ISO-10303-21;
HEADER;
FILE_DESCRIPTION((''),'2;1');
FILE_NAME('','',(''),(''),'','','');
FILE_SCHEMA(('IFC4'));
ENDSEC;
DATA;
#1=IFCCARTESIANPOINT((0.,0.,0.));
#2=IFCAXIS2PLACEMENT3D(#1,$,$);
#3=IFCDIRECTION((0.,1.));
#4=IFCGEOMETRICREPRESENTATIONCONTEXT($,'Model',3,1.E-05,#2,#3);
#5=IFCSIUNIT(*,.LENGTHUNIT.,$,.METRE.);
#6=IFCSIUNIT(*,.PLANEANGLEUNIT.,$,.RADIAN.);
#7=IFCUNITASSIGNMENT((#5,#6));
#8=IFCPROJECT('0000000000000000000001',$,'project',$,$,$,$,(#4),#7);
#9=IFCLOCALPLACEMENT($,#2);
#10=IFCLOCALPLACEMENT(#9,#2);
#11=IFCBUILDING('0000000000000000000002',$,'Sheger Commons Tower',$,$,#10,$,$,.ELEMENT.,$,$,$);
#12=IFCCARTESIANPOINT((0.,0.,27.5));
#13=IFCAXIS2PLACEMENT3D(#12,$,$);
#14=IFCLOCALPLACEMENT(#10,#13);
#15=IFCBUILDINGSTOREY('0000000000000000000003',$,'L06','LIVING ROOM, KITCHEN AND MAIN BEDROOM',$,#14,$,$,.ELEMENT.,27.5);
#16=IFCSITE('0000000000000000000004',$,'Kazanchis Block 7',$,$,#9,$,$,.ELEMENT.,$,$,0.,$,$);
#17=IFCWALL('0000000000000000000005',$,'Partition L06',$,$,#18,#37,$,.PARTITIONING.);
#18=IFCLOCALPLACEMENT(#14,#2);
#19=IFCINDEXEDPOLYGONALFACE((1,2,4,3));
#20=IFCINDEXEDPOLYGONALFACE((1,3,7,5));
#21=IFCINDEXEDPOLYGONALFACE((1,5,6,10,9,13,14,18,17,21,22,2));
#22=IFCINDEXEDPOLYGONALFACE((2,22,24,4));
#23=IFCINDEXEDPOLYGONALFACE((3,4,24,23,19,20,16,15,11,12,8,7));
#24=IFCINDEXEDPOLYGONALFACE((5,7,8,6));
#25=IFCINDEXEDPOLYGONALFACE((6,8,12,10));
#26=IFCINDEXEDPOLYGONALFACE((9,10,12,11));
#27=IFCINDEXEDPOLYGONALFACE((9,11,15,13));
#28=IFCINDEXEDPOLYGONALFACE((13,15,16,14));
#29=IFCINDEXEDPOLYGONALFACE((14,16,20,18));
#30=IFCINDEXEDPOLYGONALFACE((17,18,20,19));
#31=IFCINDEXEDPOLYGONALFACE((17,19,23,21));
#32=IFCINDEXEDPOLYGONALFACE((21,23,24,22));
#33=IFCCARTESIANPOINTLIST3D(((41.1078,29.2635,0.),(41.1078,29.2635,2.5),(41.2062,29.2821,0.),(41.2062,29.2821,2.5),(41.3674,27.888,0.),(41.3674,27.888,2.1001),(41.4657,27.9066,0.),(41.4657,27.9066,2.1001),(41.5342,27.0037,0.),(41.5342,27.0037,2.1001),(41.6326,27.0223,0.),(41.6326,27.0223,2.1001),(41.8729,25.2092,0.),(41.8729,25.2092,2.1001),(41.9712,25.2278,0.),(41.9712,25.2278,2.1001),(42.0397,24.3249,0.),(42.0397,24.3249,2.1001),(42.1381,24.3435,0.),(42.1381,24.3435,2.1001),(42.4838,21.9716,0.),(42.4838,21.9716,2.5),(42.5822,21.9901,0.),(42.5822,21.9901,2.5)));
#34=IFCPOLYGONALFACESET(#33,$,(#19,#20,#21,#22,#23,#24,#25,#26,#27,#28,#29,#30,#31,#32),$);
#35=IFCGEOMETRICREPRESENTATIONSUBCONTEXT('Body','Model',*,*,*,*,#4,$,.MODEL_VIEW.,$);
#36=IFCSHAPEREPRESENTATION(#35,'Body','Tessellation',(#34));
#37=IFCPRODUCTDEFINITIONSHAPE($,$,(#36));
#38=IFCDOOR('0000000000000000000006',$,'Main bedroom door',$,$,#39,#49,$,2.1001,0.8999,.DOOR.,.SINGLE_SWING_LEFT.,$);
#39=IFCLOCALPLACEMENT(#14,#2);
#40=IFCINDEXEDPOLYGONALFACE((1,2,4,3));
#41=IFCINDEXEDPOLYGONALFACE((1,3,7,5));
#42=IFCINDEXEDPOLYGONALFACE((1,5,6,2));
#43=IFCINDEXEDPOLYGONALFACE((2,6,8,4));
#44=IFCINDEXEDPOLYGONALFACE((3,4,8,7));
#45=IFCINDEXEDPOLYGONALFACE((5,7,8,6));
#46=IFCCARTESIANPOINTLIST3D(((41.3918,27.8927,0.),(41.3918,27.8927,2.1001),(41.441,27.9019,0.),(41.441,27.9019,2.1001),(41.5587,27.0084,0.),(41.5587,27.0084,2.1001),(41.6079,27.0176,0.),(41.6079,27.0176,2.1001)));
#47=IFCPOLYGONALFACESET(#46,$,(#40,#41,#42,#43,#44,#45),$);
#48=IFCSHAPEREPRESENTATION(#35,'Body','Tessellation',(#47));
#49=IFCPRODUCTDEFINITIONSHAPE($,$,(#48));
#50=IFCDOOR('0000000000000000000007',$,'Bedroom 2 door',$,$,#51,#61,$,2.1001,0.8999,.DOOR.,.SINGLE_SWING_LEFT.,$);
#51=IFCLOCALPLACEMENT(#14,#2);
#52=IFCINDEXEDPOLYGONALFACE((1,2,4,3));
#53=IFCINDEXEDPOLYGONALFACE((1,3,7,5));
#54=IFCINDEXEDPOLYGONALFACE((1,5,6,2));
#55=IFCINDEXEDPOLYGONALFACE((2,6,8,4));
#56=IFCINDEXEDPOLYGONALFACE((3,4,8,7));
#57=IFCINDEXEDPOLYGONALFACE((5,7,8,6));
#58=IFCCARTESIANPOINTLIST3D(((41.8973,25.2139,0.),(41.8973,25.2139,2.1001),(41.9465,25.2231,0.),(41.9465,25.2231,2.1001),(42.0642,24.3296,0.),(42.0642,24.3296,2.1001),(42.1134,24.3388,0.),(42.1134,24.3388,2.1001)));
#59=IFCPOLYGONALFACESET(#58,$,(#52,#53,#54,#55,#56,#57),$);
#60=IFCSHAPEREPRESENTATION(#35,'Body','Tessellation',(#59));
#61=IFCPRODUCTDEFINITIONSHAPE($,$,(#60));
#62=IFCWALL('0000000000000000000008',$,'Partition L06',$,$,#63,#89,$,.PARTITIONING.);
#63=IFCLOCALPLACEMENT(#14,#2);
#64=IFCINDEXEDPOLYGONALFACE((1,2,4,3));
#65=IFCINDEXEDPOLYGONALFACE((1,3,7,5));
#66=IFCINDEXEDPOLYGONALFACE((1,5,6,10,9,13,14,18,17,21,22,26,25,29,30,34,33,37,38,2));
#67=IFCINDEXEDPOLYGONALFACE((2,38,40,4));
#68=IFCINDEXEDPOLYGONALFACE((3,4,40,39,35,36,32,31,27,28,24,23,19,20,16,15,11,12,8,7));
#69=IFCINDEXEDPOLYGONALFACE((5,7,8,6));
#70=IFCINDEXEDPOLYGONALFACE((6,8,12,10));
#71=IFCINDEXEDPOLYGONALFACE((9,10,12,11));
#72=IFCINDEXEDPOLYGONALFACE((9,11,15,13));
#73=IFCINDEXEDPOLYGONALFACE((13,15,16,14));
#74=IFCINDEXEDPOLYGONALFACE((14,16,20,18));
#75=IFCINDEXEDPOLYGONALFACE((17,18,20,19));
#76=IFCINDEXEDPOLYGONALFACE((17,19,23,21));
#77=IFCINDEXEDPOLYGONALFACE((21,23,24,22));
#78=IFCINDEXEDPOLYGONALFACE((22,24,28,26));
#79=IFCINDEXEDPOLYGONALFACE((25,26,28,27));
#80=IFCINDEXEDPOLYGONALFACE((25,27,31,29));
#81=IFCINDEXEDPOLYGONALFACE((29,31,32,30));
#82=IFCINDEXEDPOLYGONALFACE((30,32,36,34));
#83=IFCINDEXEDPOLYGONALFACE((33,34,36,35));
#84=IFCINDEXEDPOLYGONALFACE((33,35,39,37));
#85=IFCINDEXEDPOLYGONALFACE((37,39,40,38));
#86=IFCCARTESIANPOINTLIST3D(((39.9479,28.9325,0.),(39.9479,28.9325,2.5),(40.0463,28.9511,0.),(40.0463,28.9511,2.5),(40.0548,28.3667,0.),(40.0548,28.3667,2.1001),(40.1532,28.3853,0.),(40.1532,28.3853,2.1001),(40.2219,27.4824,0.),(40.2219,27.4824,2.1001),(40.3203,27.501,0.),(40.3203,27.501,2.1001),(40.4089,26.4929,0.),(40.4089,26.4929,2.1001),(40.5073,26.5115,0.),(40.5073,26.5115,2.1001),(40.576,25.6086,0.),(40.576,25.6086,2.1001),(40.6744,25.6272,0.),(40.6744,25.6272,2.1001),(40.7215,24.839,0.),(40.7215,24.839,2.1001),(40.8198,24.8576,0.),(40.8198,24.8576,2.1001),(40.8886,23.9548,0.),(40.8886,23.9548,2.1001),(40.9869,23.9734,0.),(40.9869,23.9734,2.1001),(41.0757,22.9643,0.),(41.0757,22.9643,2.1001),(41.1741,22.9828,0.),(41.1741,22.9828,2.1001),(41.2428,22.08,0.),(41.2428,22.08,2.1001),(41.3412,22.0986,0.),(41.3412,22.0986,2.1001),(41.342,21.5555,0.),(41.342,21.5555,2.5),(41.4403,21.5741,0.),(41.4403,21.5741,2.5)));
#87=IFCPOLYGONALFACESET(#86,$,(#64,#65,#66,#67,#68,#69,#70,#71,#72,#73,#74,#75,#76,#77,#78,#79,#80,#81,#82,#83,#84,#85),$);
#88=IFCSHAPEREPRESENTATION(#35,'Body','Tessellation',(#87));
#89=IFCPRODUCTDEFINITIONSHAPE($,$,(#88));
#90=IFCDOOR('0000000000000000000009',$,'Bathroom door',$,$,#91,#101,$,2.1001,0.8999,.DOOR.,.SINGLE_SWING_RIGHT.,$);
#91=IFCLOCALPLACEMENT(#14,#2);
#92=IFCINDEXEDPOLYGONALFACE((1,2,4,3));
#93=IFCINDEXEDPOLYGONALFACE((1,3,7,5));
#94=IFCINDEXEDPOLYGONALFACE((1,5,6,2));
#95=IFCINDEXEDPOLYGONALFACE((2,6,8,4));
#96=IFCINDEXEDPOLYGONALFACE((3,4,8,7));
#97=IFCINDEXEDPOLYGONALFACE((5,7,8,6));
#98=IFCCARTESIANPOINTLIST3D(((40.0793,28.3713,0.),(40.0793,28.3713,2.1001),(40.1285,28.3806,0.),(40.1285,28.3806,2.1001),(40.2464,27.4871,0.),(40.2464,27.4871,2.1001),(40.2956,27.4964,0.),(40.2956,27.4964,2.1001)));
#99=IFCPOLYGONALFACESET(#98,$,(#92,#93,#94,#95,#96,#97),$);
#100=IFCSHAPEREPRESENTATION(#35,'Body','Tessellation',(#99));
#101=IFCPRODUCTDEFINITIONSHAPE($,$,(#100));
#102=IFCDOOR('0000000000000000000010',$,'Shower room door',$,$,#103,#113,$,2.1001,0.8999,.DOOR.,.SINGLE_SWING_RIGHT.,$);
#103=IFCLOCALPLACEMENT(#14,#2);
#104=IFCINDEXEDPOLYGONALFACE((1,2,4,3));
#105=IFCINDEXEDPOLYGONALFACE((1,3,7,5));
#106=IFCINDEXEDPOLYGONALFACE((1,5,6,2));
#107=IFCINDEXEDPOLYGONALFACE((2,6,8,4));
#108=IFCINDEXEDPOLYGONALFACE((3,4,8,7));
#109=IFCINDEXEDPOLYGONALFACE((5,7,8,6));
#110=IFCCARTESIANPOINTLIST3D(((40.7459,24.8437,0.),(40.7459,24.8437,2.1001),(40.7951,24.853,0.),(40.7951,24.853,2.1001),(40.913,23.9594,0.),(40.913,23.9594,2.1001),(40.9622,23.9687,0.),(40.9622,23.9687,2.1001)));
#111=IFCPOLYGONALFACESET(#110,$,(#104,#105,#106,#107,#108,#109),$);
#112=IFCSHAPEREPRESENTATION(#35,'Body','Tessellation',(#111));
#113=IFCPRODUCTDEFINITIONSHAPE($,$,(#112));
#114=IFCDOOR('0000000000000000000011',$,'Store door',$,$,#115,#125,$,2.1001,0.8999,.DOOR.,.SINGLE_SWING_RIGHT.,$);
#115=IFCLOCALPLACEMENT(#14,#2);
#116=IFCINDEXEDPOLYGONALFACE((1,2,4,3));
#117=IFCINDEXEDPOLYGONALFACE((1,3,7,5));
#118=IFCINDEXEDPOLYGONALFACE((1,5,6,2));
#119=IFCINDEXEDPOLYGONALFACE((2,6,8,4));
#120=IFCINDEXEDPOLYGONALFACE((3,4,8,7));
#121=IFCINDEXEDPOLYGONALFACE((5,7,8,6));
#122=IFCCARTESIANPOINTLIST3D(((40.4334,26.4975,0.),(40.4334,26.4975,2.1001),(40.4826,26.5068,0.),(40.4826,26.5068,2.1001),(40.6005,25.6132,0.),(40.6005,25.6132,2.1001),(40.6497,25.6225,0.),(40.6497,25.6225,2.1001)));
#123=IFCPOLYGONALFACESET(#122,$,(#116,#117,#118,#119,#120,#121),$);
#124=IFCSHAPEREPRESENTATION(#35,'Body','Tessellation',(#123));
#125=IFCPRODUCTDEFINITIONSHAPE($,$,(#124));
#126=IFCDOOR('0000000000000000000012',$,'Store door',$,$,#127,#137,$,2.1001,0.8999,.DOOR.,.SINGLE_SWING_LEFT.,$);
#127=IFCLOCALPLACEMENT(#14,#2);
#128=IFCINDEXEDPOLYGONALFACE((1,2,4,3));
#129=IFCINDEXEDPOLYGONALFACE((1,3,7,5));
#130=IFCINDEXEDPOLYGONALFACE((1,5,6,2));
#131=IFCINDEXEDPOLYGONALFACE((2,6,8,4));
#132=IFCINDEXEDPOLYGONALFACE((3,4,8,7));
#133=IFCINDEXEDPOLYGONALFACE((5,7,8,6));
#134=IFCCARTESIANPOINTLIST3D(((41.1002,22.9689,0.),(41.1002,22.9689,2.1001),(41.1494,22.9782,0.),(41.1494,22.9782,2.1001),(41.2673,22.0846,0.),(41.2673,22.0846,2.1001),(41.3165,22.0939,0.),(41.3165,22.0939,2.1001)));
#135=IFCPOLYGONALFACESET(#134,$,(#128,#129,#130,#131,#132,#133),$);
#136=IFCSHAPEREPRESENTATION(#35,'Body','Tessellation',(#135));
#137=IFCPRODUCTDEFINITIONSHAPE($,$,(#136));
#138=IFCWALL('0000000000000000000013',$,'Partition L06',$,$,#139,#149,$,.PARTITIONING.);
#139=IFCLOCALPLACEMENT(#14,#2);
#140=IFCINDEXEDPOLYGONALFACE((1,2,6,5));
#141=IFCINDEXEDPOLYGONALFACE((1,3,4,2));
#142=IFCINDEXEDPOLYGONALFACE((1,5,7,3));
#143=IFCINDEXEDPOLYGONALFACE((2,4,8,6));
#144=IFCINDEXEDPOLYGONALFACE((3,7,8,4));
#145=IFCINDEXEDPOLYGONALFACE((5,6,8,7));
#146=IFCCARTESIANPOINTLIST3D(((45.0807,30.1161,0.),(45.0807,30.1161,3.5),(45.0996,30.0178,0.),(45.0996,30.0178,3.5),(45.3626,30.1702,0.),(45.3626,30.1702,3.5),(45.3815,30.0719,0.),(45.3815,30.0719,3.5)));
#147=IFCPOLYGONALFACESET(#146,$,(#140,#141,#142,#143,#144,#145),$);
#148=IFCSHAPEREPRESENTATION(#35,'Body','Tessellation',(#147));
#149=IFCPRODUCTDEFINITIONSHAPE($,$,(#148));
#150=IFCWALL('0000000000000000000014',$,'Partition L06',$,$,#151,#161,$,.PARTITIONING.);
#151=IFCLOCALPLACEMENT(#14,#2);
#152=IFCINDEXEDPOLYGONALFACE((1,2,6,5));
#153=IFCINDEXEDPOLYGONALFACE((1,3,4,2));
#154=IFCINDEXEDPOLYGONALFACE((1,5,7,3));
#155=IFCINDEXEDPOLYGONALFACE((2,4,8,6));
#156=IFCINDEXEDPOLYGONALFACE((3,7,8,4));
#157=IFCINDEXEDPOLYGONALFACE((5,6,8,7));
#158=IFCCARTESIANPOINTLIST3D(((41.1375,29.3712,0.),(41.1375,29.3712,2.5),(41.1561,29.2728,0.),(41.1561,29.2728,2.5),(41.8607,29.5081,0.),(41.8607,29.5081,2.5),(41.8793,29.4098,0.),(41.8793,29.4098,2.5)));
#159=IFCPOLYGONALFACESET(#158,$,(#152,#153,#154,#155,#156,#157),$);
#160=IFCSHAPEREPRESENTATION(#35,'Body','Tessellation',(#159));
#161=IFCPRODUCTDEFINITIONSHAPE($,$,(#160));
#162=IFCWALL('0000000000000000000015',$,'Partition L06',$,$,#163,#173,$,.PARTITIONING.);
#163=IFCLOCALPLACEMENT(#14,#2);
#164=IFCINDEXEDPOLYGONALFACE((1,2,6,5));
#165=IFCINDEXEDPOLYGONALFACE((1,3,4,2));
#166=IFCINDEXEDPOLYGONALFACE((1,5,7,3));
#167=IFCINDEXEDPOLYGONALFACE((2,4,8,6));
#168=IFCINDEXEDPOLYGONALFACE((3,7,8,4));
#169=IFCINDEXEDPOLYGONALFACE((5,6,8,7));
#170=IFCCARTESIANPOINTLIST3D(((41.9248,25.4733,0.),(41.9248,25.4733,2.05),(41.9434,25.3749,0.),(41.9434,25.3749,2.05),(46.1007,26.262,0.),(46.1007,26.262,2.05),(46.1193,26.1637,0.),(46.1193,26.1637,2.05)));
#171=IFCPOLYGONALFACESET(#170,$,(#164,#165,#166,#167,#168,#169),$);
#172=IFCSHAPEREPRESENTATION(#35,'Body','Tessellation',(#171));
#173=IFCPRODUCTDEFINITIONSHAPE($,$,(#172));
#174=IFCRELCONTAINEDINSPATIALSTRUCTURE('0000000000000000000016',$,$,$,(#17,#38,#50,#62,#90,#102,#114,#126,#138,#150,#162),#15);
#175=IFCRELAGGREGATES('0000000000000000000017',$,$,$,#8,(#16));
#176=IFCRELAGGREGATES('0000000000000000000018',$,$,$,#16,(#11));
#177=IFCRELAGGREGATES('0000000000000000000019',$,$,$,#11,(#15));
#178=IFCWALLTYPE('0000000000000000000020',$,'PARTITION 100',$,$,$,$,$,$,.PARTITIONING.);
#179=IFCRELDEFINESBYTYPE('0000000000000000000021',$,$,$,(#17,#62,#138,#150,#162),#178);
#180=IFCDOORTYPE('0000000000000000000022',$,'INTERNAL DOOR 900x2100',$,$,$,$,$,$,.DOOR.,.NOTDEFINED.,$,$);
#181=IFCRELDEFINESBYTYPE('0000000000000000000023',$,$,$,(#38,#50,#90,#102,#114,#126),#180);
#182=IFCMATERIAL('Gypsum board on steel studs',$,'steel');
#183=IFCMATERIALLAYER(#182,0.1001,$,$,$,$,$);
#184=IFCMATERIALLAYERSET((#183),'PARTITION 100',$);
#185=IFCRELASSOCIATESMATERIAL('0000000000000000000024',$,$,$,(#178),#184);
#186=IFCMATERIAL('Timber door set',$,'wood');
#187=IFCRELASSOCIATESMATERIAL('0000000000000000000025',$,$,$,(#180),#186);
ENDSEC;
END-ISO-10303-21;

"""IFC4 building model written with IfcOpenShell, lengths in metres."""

from ifc_helpers import new_model, si_unit, direction, frame, frame_2d, origin, place, context, subcontext, project, spatial, rectangle, extrude, material, layer, layer_set, type_object, element, fill, save


model = new_model("IFC4")

# Units and contexts
model_context = context("Model", 3, precision=1e-05, world=origin(), true_north=direction((0.0, 1.0)))
body_context = subcontext(model_context, "Body", "Model", "MODEL_VIEW")
ifc_project = project(units=[si_unit("LENGTHUNIT", "METRE"), si_unit("PLANEANGLEUNIT", "RADIAN")], contexts=[model_context])

# Site, building, storey
site_placement = place(None, origin())
site = spatial("IfcSite", under=ifc_project, at=site_placement, Name="Kazanchis Block 7", CompositionType="ELEMENT", RefElevation=0.0)
building_placement = place(site_placement, origin())
building = spatial("IfcBuilding", under=site, at=building_placement, Name="Sheger Commons Tower", CompositionType="ELEMENT")
storey_placement = place(building_placement, frame((0.0, 0.0, 27.5)))
storey = spatial("IfcBuildingStorey", under=building, at=storey_placement, Name="L06", Description="LIVING ROOM, KITCHEN AND MAIN BEDROOM", CompositionType="ELEMENT", Elevation=27.5)

# Walls, openings, doors
ifc_material_1 = material(Name="Gypsum board on steel studs", Category="steel")
ifc_layer_1 = layer(ifc_material_1, 0.1001)
ifc_layer_set_1 = layer_set([ifc_layer_1], Name="PARTITION 100")
wall_type_1 = type_object("IfcWallType", Name="PARTITION 100", PredefinedType="PARTITIONING", material=ifc_layer_set_1)
wall_1_placement = place(storey_placement, frame((41.157, 29.2729, 0.0), z_axis=(0.0, 0.0, 1.0), x_axis=(0.185425, -0.982658, 0.0)))
wall_1 = element("IfcWall", 1, at=wall_1_placement, inside=storey, type_object=wall_type_1, Name="Partition L06", PredefinedType="PARTITIONING", context=body_context, shape_type="SweptSolid", body=[
    extrude(rectangle(XDim=7.4207, YDim=0.1001, at=frame_2d((3.7104, 0.0))), origin(), (0.0, 0.0, 1.0), 2.5),
])
opening_1_placement = place(wall_1_placement, frame((1.3999, 0.0, 0.0)))
opening_1 = element("IfcOpeningElement", 2, at=opening_1_placement, cuts=wall_1, PredefinedType="OPENING", context=body_context, shape_type="SweptSolid", body=[
    extrude(rectangle(XDim=0.8999, YDim=2.1001, at=frame_2d((0.45, 1.05))), frame((0.0, 0.0601, 0.0), z_axis=(0.0, -1.0, 0.0), x_axis=(1.0, 0.0, 0.0)), (0.0, 0.0, 1.0), 0.1201),
])
opening_2_placement = place(wall_1_placement, frame((4.126, 0.0, 0.0)))
opening_2 = element("IfcOpeningElement", 3, at=opening_2_placement, cuts=wall_1, PredefinedType="OPENING", context=body_context, shape_type="SweptSolid", body=[
    extrude(rectangle(XDim=0.8999, YDim=2.1001, at=frame_2d((0.45, 1.05))), frame((0.0, 0.0601, 0.0), z_axis=(0.0, -1.0, 0.0), x_axis=(1.0, 0.0, 0.0)), (0.0, 0.0, 1.0), 0.1201),
])
ifc_material_2 = material(Name="Timber door set", Category="wood")
door_type = type_object("IfcDoorType", Name="INTERNAL DOOR 900x2100", OperationType="NOTDEFINED", PredefinedType="DOOR", material=ifc_material_2)
door_1_placement = place(opening_1_placement, origin())
door_1 = element("IfcDoor", 4, at=door_1_placement, inside=storey, type_object=door_type, Name="Main bedroom door", OperationType="SINGLE_SWING_LEFT", OverallHeight=2.1001, OverallWidth=0.8999, PredefinedType="DOOR", context=body_context, shape_type="SweptSolid", body=[
    extrude(rectangle(XDim=0.8999, YDim=2.1001, at=frame_2d((0.45, 1.05))), frame((0.0, 0.0249, 0.0), z_axis=(0.0, -1.0, 0.0), x_axis=(1.0, 0.0, 0.0)), (0.0, 0.0, 1.0), 0.05),
])
fill(opening_1, door_1)
door_2_placement = place(opening_2_placement, origin())
door_2 = element("IfcDoor", 5, at=door_2_placement, inside=storey, type_object=door_type, Name="Bedroom 2 door", OperationType="SINGLE_SWING_LEFT", OverallHeight=2.1001, OverallWidth=0.8999, PredefinedType="DOOR", context=body_context, shape_type="SweptSolid", body=[
    extrude(rectangle(XDim=0.8999, YDim=2.1001, at=frame_2d((0.45, 1.05))), frame((0.0, 0.0249, 0.0), z_axis=(0.0, -1.0, 0.0), x_axis=(1.0, 0.0, 0.0)), (0.0, 0.0, 1.0), 0.05),
])
fill(opening_2, door_2)
wall_2_placement = place(storey_placement, frame((39.9971, 28.9419, 0.0), z_axis=(0.0, 0.0, 1.0), x_axis=(0.185686, -0.982609, 0.0)))
wall_2 = element("IfcWall", 6, at=wall_2_placement, inside=storey, type_object=wall_type_1, Name="Partition L06", PredefinedType="PARTITIONING", context=body_context, shape_type="SweptSolid", body=[
    extrude(rectangle(XDim=7.5076, YDim=0.1001, at=frame_2d((3.7539, 0.0))), origin(), (0.0, 0.0, 1.0), 2.5),
])
opening_3_placement = place(wall_2_placement, frame((0.5759, 0.0, 0.0)))
opening_3 = element("IfcOpeningElement", 7, at=opening_3_placement, cuts=wall_2, PredefinedType="OPENING", context=body_context, shape_type="SweptSolid", body=[
    extrude(rectangle(XDim=0.8999, YDim=2.1001, at=frame_2d((0.45, 1.05))), frame((0.0, 0.0601, 0.0), z_axis=(0.0, -1.0, 0.0), x_axis=(1.0, 0.0, 0.0)), (0.0, 0.0, 1.0), 0.1201),
])
opening_4_placement = place(wall_2_placement, frame((4.166, 0.0, 0.0)))
opening_4 = element("IfcOpeningElement", 8, at=opening_4_placement, cuts=wall_2, PredefinedType="OPENING", context=body_context, shape_type="SweptSolid", body=[
    extrude(rectangle(XDim=0.8999, YDim=2.1001, at=frame_2d((0.45, 1.05))), frame((0.0, 0.0601, 0.0), z_axis=(0.0, -1.0, 0.0), x_axis=(1.0, 0.0, 0.0)), (0.0, 0.0, 1.0), 0.1201),
])
opening_5_placement = place(wall_2_placement, frame((2.4829, 0.0, 0.0)))
opening_5 = element("IfcOpeningElement", 9, at=opening_5_placement, cuts=wall_2, PredefinedType="OPENING", context=body_context, shape_type="SweptSolid", body=[
    extrude(rectangle(XDim=0.8999, YDim=2.1001, at=frame_2d((0.45, 1.05))), frame((0.0, 0.0601, 0.0), z_axis=(0.0, -1.0, 0.0), x_axis=(1.0, 0.0, 0.0)), (0.0, 0.0, 1.0), 0.1201),
])
opening_6_placement = place(wall_2_placement, frame((6.074, 0.0, 0.0)))
opening_6 = element("IfcOpeningElement", 10, at=opening_6_placement, cuts=wall_2, PredefinedType="OPENING", context=body_context, shape_type="SweptSolid", body=[
    extrude(rectangle(XDim=0.8999, YDim=2.1001, at=frame_2d((0.45, 1.05))), frame((0.0, 0.0601, 0.0), z_axis=(0.0, -1.0, 0.0), x_axis=(1.0, 0.0, 0.0)), (0.0, 0.0, 1.0), 0.1201),
])
door_3_placement = place(opening_3_placement, origin())
door_3 = element("IfcDoor", 11, at=door_3_placement, inside=storey, type_object=door_type, Name="Bathroom door", OperationType="SINGLE_SWING_RIGHT", OverallHeight=2.1001, OverallWidth=0.8999, PredefinedType="DOOR", context=body_context, shape_type="SweptSolid", body=[
    extrude(rectangle(XDim=0.8999, YDim=2.1001, at=frame_2d((0.45, 1.05))), frame((0.0, 0.0249, 0.0), z_axis=(0.0, -1.0, 0.0), x_axis=(1.0, 0.0, 0.0)), (0.0, 0.0, 1.0), 0.05),
])
fill(opening_3, door_3)
door_4_placement = place(opening_4_placement, origin())
door_4 = element("IfcDoor", 12, at=door_4_placement, inside=storey, type_object=door_type, Name="Shower room door", OperationType="SINGLE_SWING_RIGHT", OverallHeight=2.1001, OverallWidth=0.8999, PredefinedType="DOOR", context=body_context, shape_type="SweptSolid", body=[
    extrude(rectangle(XDim=0.8999, YDim=2.1001, at=frame_2d((0.45, 1.05))), frame((0.0, 0.0249, 0.0), z_axis=(0.0, -1.0, 0.0), x_axis=(1.0, 0.0, 0.0)), (0.0, 0.0, 1.0), 0.05),
])
fill(opening_4, door_4)
door_5_placement = place(opening_5_placement, origin())
door_5 = element("IfcDoor", 13, at=door_5_placement, inside=storey, type_object=door_type, Name="Store door", OperationType="SINGLE_SWING_RIGHT", OverallHeight=2.1001, OverallWidth=0.8999, PredefinedType="DOOR", context=body_context, shape_type="SweptSolid", body=[
    extrude(rectangle(XDim=0.8999, YDim=2.1001, at=frame_2d((0.45, 1.05))), frame((0.0, 0.0249, 0.0), z_axis=(0.0, -1.0, 0.0), x_axis=(1.0, 0.0, 0.0)), (0.0, 0.0, 1.0), 0.05),
])
fill(opening_5, door_5)
door_6_placement = place(opening_6_placement, origin())
door_6 = element("IfcDoor", 14, at=door_6_placement, inside=storey, type_object=door_type, Name="Store door", OperationType="SINGLE_SWING_LEFT", OverallHeight=2.1001, OverallWidth=0.8999, PredefinedType="DOOR", context=body_context, shape_type="SweptSolid", body=[
    extrude(rectangle(XDim=0.8999, YDim=2.1001, at=frame_2d((0.45, 1.05))), frame((0.0, 0.0249, 0.0), z_axis=(0.0, -1.0, 0.0), x_axis=(1.0, 0.0, 0.0)), (0.0, 0.0, 1.0), 0.05),
])
fill(opening_6, door_6)

# Walls
wall_3_placement = place(storey_placement, frame((45.3721, 30.1211, 0.0), z_axis=(0.0, 0.0, 1.0), x_axis=(-0.982025, -0.188753, 0.0)))
element("IfcWall", 15, at=wall_3_placement, inside=storey, type_object=wall_type_1, Name="Partition L06", PredefinedType="PARTITIONING", context=body_context, shape_type="SweptSolid", body=[
    extrude(rectangle(XDim=0.2871, YDim=0.1001, at=frame_2d((0.1436, 0.0))), origin(), (0.0, 0.0, 1.0), 3.5),
])
wall_4_placement = place(storey_placement, frame((41.8701, 29.459, 0.0), z_axis=(0.0, 0.0, 1.0), x_axis=(-0.982533, -0.186091, 0.0)))
element("IfcWall", 16, at=wall_4_placement, inside=storey, type_object=wall_type_1, Name="Partition L06", PredefinedType="PARTITIONING", context=body_context, shape_type="SweptSolid", body=[
    extrude(rectangle(XDim=0.7361, YDim=0.1001, at=frame_2d((0.3682, 0.0))), origin(), (0.0, 0.0, 1.0), 2.5),
])
wall_5_placement = place(storey_placement, frame((46.1101, 26.2129, 0.0), z_axis=(0.0, 0.0, 1.0), x_axis=(-0.982624, -0.18561, 0.0)))
element("IfcWall", 17, at=wall_5_placement, inside=storey, type_object=wall_type_1, Name="Partition L06", PredefinedType="PARTITIONING", context=body_context, shape_type="SweptSolid", body=[
    extrude(rectangle(XDim=4.2498, YDim=0.1001, at=frame_2d((2.125, 0.0))), origin(), (0.0, 0.0, 1.0), 2.05),
])

save(model, "model.ifc")
